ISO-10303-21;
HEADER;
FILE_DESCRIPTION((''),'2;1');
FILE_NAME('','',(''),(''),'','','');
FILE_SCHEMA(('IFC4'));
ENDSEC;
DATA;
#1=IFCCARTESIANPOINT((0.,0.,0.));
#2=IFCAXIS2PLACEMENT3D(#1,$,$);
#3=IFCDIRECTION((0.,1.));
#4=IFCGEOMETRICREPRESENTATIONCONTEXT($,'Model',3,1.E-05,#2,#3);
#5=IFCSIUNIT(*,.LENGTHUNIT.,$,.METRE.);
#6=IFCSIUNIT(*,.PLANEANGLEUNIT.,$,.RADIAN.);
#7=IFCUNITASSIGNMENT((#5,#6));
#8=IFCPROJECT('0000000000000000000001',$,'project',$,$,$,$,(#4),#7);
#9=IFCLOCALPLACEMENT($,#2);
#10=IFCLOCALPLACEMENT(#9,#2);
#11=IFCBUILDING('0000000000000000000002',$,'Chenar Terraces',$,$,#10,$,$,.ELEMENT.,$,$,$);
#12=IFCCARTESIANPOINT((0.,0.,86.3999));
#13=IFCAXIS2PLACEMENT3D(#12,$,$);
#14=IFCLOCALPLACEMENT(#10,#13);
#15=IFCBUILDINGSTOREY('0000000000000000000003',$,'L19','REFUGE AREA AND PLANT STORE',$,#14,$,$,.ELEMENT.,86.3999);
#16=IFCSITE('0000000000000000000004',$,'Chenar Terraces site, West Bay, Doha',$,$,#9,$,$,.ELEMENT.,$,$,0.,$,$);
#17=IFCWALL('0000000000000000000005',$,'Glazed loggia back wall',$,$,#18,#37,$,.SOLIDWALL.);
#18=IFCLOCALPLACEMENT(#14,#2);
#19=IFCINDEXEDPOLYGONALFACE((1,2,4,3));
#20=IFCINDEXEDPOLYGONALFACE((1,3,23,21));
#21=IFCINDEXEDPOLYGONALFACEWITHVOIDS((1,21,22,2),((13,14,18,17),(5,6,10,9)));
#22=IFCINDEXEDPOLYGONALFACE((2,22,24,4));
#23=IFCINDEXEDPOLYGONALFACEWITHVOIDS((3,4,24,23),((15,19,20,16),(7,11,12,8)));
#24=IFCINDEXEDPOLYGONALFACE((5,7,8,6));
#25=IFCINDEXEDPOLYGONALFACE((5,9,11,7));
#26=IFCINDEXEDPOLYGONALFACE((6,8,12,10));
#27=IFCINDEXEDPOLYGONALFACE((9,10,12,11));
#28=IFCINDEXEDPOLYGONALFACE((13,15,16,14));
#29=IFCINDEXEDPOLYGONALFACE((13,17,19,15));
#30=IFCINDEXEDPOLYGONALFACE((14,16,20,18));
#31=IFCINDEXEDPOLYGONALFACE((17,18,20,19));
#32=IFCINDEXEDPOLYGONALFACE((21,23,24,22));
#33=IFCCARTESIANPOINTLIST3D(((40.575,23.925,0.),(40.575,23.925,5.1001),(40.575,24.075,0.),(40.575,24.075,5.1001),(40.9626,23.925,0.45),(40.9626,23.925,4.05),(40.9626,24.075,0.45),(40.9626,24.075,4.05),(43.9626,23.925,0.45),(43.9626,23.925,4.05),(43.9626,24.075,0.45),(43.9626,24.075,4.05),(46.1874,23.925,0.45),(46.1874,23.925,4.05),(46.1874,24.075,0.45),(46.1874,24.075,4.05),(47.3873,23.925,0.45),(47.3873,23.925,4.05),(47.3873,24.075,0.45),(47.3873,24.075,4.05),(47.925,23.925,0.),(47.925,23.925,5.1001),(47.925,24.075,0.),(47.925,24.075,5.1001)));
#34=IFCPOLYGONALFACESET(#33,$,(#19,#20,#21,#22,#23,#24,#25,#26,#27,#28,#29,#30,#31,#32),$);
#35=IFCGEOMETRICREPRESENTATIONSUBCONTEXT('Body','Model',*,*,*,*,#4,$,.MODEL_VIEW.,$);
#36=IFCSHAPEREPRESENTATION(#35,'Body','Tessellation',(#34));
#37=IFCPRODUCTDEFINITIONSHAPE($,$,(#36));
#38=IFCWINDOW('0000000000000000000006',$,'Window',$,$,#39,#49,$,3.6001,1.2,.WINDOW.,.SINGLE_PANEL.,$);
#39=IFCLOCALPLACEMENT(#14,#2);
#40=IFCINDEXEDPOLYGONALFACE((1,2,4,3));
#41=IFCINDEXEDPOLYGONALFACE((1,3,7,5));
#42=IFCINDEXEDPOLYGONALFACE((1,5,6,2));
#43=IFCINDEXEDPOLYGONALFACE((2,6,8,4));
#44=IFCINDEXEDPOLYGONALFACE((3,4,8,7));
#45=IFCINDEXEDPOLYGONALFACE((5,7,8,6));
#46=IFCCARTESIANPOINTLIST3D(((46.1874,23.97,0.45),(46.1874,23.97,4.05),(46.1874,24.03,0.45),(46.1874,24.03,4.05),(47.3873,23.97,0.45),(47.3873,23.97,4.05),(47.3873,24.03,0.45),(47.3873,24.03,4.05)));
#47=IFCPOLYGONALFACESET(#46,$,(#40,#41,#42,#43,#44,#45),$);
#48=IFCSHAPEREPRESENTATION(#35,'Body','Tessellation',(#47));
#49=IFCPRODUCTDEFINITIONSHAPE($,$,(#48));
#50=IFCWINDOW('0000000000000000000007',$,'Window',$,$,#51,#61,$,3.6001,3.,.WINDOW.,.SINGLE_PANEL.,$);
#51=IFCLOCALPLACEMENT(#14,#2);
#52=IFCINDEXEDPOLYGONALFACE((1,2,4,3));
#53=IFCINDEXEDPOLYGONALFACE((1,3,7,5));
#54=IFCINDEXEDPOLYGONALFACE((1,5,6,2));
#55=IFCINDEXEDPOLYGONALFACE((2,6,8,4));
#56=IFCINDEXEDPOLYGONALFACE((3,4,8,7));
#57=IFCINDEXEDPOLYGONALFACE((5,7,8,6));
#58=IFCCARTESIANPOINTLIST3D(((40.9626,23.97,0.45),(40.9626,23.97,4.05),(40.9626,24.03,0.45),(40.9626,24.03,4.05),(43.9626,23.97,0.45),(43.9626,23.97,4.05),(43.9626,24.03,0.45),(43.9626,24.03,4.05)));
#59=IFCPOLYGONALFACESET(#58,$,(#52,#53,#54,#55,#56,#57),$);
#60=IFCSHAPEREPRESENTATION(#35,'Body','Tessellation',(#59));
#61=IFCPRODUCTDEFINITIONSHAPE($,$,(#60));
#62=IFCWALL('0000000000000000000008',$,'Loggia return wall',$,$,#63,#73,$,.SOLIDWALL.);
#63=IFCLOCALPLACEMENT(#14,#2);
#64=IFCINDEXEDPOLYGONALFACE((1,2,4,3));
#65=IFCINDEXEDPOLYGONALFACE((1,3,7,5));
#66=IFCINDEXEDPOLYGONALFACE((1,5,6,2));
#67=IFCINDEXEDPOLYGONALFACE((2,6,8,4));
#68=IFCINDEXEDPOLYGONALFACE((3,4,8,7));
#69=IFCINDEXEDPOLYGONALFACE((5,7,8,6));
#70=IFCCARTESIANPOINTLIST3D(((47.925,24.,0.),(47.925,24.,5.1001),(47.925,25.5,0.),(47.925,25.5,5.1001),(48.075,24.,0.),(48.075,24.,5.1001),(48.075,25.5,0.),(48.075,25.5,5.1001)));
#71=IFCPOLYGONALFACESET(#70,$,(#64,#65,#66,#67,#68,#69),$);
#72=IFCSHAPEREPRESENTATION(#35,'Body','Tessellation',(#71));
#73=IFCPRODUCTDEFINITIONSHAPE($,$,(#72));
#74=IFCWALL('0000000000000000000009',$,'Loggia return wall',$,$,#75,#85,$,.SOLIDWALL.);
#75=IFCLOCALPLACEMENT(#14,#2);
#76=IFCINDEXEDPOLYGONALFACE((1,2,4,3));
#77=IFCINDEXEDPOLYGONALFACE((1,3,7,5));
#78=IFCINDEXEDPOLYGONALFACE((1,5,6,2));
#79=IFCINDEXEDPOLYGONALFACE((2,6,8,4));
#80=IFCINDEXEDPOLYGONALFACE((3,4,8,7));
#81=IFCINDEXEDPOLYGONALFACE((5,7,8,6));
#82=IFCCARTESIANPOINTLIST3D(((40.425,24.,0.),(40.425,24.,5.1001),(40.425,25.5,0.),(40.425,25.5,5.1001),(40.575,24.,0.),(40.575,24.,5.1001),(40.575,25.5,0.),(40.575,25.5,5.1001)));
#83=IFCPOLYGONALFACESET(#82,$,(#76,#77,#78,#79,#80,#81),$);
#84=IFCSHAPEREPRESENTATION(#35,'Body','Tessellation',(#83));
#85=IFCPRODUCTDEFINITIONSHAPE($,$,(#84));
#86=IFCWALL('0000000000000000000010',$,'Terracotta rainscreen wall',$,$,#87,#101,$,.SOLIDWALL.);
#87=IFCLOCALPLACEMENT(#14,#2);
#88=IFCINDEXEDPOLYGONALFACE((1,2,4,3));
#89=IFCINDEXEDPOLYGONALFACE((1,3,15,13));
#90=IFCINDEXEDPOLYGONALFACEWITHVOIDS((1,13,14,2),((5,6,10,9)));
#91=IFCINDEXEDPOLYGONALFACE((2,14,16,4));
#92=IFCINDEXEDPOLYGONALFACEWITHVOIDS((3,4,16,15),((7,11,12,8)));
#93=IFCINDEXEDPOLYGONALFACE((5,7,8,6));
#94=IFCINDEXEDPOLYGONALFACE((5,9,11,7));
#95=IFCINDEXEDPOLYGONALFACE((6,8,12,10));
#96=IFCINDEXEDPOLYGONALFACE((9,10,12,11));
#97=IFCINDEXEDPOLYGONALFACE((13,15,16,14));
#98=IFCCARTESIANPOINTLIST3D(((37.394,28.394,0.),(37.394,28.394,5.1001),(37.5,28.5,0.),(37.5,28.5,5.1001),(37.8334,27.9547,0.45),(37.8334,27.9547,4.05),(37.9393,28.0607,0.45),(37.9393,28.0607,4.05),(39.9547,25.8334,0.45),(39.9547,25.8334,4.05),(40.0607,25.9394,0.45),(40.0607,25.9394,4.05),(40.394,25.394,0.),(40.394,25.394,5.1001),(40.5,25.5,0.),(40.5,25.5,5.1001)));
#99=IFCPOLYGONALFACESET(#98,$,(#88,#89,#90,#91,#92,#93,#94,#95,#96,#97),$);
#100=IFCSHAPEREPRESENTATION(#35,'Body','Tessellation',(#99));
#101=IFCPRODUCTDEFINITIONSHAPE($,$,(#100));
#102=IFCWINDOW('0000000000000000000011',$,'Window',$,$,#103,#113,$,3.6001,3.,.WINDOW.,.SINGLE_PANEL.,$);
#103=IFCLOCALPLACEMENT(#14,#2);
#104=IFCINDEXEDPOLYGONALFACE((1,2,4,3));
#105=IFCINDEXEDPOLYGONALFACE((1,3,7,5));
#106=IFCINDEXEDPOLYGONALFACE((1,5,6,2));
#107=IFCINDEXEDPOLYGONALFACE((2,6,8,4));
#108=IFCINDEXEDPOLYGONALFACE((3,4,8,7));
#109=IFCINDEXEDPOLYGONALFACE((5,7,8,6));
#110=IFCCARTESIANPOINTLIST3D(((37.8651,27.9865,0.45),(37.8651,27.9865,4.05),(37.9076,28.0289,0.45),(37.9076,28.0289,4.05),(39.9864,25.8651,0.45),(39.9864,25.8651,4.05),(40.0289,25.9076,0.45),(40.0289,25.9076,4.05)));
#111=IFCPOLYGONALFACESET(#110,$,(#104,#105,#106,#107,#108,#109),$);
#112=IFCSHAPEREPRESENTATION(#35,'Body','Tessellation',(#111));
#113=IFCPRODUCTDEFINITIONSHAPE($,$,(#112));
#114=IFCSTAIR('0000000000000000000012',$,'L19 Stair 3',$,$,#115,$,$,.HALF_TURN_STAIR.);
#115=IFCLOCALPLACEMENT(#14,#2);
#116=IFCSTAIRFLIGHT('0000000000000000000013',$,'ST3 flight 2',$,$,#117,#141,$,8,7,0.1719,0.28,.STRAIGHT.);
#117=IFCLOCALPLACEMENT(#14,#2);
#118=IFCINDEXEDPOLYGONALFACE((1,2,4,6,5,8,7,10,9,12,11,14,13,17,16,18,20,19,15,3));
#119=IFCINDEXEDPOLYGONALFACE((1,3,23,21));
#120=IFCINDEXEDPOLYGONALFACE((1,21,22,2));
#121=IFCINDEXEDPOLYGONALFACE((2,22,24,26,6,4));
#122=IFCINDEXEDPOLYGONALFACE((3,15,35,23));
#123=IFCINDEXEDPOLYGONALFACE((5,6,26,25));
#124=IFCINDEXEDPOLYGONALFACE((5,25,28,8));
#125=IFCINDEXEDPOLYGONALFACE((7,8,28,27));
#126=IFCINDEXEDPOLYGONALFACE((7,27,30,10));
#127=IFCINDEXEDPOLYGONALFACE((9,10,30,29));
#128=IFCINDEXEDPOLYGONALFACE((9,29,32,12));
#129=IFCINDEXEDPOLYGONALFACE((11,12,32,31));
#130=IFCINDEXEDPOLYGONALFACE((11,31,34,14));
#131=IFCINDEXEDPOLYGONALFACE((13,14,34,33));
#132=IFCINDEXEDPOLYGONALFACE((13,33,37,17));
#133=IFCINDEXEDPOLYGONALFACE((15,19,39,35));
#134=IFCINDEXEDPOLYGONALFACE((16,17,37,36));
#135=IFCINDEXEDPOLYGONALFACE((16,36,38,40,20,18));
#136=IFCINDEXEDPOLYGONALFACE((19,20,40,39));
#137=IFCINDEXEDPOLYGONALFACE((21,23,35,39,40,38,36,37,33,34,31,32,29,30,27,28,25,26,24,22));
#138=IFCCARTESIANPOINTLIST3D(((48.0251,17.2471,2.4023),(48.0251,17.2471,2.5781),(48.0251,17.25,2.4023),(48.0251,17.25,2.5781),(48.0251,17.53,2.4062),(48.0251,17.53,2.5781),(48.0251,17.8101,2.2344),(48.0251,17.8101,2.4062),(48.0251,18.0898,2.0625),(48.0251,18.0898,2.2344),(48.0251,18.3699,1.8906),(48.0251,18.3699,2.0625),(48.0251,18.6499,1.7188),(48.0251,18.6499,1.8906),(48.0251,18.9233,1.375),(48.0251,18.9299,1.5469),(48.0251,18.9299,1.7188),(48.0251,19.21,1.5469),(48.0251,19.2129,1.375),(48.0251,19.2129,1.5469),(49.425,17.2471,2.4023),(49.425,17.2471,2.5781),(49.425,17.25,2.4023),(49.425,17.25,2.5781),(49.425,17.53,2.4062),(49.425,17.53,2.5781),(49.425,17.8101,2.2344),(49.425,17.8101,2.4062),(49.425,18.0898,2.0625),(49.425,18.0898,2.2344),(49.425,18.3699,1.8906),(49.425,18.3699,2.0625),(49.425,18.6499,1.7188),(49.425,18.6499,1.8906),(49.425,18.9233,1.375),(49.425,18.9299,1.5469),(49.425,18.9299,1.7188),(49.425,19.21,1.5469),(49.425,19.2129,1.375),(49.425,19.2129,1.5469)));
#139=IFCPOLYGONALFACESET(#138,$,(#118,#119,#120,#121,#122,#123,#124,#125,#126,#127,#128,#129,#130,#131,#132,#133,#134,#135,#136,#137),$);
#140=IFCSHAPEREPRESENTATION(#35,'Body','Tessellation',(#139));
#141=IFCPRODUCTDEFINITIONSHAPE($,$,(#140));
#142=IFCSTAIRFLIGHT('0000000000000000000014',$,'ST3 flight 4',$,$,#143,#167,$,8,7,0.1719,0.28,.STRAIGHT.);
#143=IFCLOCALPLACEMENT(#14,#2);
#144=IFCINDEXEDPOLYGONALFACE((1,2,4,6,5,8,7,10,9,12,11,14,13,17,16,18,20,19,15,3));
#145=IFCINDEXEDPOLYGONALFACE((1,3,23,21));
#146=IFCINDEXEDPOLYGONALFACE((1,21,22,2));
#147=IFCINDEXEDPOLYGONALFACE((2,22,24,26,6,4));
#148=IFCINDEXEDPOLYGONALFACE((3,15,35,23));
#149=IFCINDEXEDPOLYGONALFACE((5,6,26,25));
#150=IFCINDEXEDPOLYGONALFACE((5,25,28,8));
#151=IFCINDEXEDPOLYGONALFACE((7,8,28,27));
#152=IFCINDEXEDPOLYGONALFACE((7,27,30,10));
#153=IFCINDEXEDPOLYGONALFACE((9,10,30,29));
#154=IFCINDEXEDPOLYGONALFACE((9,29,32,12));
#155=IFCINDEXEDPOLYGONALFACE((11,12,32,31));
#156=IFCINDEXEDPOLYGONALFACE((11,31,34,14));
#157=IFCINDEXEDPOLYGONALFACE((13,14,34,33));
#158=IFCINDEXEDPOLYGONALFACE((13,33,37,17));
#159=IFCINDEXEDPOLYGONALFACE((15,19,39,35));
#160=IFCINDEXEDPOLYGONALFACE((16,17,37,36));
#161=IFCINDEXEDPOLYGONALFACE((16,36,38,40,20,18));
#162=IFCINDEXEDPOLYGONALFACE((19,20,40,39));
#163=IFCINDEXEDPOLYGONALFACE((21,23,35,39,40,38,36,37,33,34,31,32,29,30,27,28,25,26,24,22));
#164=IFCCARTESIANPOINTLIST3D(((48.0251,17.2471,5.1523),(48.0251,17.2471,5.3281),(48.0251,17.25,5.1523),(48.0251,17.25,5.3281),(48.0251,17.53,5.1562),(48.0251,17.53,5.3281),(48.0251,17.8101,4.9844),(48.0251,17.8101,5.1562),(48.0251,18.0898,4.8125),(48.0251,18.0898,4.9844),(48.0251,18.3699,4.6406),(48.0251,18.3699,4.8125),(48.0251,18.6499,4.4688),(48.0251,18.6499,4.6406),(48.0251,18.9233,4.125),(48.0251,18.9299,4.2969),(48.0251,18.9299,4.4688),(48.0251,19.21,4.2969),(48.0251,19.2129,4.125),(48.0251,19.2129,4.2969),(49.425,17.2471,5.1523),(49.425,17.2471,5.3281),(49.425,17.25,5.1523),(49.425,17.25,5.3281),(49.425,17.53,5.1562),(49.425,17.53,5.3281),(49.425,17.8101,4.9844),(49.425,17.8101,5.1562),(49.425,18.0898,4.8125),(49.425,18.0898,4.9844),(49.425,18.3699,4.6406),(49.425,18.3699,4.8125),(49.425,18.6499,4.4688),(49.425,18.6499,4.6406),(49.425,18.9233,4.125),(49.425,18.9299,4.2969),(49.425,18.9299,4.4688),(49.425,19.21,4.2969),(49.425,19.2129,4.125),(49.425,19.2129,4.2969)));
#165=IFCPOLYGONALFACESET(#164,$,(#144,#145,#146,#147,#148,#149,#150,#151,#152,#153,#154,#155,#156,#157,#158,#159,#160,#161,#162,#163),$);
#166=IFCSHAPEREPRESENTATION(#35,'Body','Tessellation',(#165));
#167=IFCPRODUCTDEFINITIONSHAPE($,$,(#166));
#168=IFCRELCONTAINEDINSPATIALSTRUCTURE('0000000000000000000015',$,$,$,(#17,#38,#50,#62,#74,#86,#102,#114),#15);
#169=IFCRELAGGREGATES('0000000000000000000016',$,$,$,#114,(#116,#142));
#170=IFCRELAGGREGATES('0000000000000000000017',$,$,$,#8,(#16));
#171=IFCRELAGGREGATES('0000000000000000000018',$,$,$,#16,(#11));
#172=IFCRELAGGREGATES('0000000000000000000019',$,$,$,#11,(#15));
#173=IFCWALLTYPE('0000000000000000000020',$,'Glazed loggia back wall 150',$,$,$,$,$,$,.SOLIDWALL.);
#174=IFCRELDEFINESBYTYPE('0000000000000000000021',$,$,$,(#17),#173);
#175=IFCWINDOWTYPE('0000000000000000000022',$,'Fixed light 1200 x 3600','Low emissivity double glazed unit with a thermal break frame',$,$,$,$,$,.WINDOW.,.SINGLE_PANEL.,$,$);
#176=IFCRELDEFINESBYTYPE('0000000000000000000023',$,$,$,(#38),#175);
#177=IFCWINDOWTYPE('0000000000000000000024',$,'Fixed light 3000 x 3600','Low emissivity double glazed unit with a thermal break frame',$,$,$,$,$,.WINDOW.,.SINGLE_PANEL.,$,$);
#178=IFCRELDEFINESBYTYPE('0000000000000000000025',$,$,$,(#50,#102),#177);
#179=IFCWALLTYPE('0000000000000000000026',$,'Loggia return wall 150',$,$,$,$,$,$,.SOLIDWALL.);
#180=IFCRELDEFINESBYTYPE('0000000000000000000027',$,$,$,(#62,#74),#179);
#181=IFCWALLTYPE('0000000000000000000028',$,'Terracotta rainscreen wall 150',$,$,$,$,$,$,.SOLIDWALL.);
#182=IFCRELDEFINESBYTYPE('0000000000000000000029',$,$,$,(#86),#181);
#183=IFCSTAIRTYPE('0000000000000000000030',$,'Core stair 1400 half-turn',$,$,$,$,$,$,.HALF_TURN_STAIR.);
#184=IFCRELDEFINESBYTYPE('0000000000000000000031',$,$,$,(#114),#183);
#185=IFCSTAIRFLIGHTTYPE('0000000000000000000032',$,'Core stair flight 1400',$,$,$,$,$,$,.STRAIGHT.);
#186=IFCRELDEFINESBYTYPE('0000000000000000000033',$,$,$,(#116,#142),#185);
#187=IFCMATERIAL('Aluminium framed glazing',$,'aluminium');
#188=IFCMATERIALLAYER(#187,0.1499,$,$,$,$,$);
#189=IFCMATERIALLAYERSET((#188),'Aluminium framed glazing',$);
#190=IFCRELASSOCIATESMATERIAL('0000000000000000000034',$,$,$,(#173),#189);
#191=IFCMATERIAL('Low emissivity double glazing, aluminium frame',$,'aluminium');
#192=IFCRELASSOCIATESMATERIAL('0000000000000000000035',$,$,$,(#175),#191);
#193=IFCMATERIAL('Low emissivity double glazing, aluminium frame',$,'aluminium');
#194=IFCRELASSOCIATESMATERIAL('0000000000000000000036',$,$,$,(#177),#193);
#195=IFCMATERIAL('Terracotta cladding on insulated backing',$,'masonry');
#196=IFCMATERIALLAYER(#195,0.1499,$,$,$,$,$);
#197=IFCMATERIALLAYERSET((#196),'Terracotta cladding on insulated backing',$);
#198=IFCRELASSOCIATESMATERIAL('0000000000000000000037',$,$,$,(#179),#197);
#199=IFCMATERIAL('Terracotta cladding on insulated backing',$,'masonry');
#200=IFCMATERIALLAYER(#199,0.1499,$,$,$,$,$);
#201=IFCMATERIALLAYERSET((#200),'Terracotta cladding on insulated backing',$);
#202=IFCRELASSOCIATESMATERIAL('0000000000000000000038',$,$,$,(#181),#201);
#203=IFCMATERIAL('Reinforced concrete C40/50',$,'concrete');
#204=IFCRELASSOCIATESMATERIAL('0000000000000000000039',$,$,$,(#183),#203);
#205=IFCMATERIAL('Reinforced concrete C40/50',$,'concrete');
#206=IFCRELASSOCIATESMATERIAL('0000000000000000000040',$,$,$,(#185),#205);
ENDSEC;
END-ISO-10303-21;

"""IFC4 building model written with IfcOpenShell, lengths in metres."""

from ifc_helpers import new_model, si_unit, direction, frame, frame_2d, origin, place, context, subcontext, project, spatial, polyline, rectangle, outline, extrude, material, layer, layer_set, type_object, element, fill, aggregate, save


model = new_model("IFC4")

# Units and contexts
model_context = context("Model", 3, precision=1e-05, world=origin(), true_north=direction((0.0, 1.0)))
body_context = subcontext(model_context, "Body", "Model", "MODEL_VIEW")
ifc_project = project(units=[si_unit("LENGTHUNIT", "METRE"), si_unit("PLANEANGLEUNIT", "RADIAN")], contexts=[model_context])

# Site, building, storey
site_placement = place(None, origin())
site = spatial("IfcSite", under=ifc_project, at=site_placement, Name="Chenar Terraces site, West Bay, Doha", CompositionType="ELEMENT", RefElevation=0.0)
building_placement = place(site_placement, origin())
building = spatial("IfcBuilding", under=site, at=building_placement, Name="Chenar Terraces", CompositionType="ELEMENT")
storey_placement = place(building_placement, frame((0.0, 0.0, 86.3999)))
storey = spatial("IfcBuildingStorey", under=building, at=storey_placement, Name="L19", Description="REFUGE AREA AND PLANT STORE", CompositionType="ELEMENT", Elevation=86.3999)

# Wall, openings, windows
ifc_material_1 = material(Name="Aluminium framed glazing", Category="aluminium")
ifc_layer_1 = layer(ifc_material_1, 0.1499)
ifc_layer_set_1 = layer_set([ifc_layer_1], Name="Aluminium framed glazing")
wall_type_1 = type_object("IfcWallType", Name="Glazed loggia back wall 150", PredefinedType="SOLIDWALL", material=ifc_layer_set_1)
wall_1_placement = place(storey_placement, frame((47.925, 24.0, 0.0), z_axis=(0.0, 0.0, 1.0), x_axis=(-1.0, 0.0, 0.0)))
wall_1 = element("IfcWall", 1, at=wall_1_placement, inside=storey, type_object=wall_type_1, Name="Glazed loggia back wall", PredefinedType="SOLIDWALL", context=body_context, shape_type="SweptSolid", body=[
    extrude(rectangle(XDim=7.3501, YDim=0.1499, at=frame_2d((3.675, 0.0))), origin(), (0.0, 0.0, 1.0), 5.1001),
])
opening_1_placement = place(wall_1_placement, frame((0.5376, 0.0, 0.45)))
opening_1 = element("IfcOpeningElement", 2, at=opening_1_placement, cuts=wall_1, PredefinedType="OPENING", context=body_context, shape_type="SweptSolid", body=[
    extrude(rectangle(XDim=1.2, YDim=3.6001, at=frame_2d((0.6001, 1.8))), frame((0.0, 0.085, 0.0), z_axis=(0.0, -1.0, 0.0), x_axis=(1.0, 0.0, 0.0)), (0.0, 0.0, 1.0), 0.1699),
])
opening_2_placement = place(wall_1_placement, frame((3.9624, 0.0, 0.45)))
opening_2 = element("IfcOpeningElement", 3, at=opening_2_placement, cuts=wall_1, PredefinedType="OPENING", context=body_context, shape_type="SweptSolid", body=[
    extrude(rectangle(XDim=3.0, YDim=3.6001, at=frame_2d((1.5, 1.8))), frame((0.0, 0.085, 0.0), z_axis=(0.0, -1.0, 0.0), x_axis=(1.0, 0.0, 0.0)), (0.0, 0.0, 1.0), 0.1699),
])
ifc_material_2 = material(Name="Low emissivity double glazing, aluminium frame", Category="aluminium")
window_type_1 = type_object("IfcWindowType", Name="Fixed light 1200 x 3600", Description="Low emissivity double glazed unit with a thermal break frame", PartitioningType="SINGLE_PANEL", PredefinedType="WINDOW", material=ifc_material_2)
window_1_placement = place(opening_1_placement, origin())
window_1 = element("IfcWindow", 4, at=window_1_placement, inside=storey, type_object=window_type_1, Name="Window", OverallHeight=3.6001, OverallWidth=1.2, PartitioningType="SINGLE_PANEL", PredefinedType="WINDOW", context=body_context, shape_type="SweptSolid", body=[
    extrude(rectangle(XDim=1.2, YDim=3.6001, at=frame_2d((0.6001, 1.8))), frame((0.0, 0.03, 0.0), z_axis=(0.0, -1.0, 0.0), x_axis=(1.0, 0.0, 0.0)), (0.0, 0.0, 1.0), 0.0601),
])
fill(opening_1, window_1)
ifc_material_3 = material(Name="Low emissivity double glazing, aluminium frame", Category="aluminium")
window_type_2 = type_object("IfcWindowType", Name="Fixed light 3000 x 3600", Description="Low emissivity double glazed unit with a thermal break frame", PartitioningType="SINGLE_PANEL", PredefinedType="WINDOW", material=ifc_material_3)
window_2_placement = place(opening_2_placement, origin())
window_2 = element("IfcWindow", 5, at=window_2_placement, inside=storey, type_object=window_type_2, Name="Window", OverallHeight=3.6001, OverallWidth=3.0, PartitioningType="SINGLE_PANEL", PredefinedType="WINDOW", context=body_context, shape_type="SweptSolid", body=[
    extrude(rectangle(XDim=3.0, YDim=3.6001, at=frame_2d((1.5, 1.8))), frame((0.0, 0.03, 0.0), z_axis=(0.0, -1.0, 0.0), x_axis=(1.0, 0.0, 0.0)), (0.0, 0.0, 1.0), 0.0601),
])
fill(opening_2, window_2)

# Walls
ifc_material_4 = material(Name="Terracotta cladding on insulated backing", Category="masonry")
ifc_layer_2 = layer(ifc_material_4, 0.1499)
ifc_layer_set_2 = layer_set([ifc_layer_2], Name="Terracotta cladding on insulated backing")
wall_type_2 = type_object("IfcWallType", Name="Loggia return wall 150", PredefinedType="SOLIDWALL", material=ifc_layer_set_2)
for number, where, z_axis, x_axis, name in (
    (6, (48.0, 25.5, 0.0), (0.0, 0.0, 1.0), (0.0, -1.0, 0.0), "Loggia return wall"),
    (7, (40.5, 25.5, 0.0), (0.0, 0.0, 1.0), (0.0, -1.0, 0.0), "Loggia return wall"),
):
    element("IfcWall", number, at=place(storey_placement, frame(where, z_axis=z_axis, x_axis=x_axis)), inside=storey, type_object=wall_type_2, Name=name, PredefinedType="SOLIDWALL", context=body_context, shape_type="SweptSolid", body=[
        extrude(rectangle(XDim=1.5, YDim=0.1499, at=frame_2d((0.75, 0.0))), origin(), (0.0, 0.0, 1.0), 5.1001),
    ])

# Wall, opening, window
ifc_material_5 = material(Name="Terracotta cladding on insulated backing", Category="masonry")
ifc_layer_3 = layer(ifc_material_5, 0.1499)
ifc_layer_set_3 = layer_set([ifc_layer_3], Name="Terracotta cladding on insulated backing")
wall_type_3 = type_object("IfcWallType", Name="Terracotta rainscreen wall 150", PredefinedType="SOLIDWALL", material=ifc_layer_set_3)
wall_2_placement = place(storey_placement, frame((40.447, 25.447, 0.0), z_axis=(0.0, 0.0, 1.0), x_axis=(-0.707107, 0.707107, 0.0)))
wall_2 = element("IfcWall", 8, at=wall_2_placement, inside=storey, type_object=wall_type_3, Name="Terracotta rainscreen wall", PredefinedType="SOLIDWALL", context=body_context, shape_type="SweptSolid", body=[
    extrude(rectangle(XDim=4.2427, YDim=0.1499, at=frame_2d((2.1213, 0.0))), origin(), (0.0, 0.0, 1.0), 5.1001),
])
opening_3_placement = place(wall_2_placement, frame((0.6213, 0.0, 0.45)))
opening_3 = element("IfcOpeningElement", 9, at=opening_3_placement, cuts=wall_2, PredefinedType="OPENING", context=body_context, shape_type="SweptSolid", body=[
    extrude(rectangle(XDim=3.0, YDim=3.6001, at=frame_2d((1.5, 1.8))), frame((0.0, 0.085, 0.0), z_axis=(0.0, -1.0, 0.0), x_axis=(1.0, 0.0, 0.0)), (0.0, 0.0, 1.0), 0.1699),
])
window_3_placement = place(opening_3_placement, origin())
window_3 = element("IfcWindow", 10, at=window_3_placement, inside=storey, type_object=window_type_2, Name="Window", OverallHeight=3.6001, OverallWidth=3.0, PartitioningType="SINGLE_PANEL", PredefinedType="WINDOW", context=body_context, shape_type="SweptSolid", body=[
    extrude(rectangle(XDim=3.0, YDim=3.6001, at=frame_2d((1.5, 1.8))), frame((0.0, 0.03, 0.0), z_axis=(0.0, -1.0, 0.0), x_axis=(1.0, 0.0, 0.0)), (0.0, 0.0, 1.0), 0.0601),
])
fill(opening_3, window_3)

# Stair, stair flights
ifc_material_6 = material(Name="Reinforced concrete C40/50", Category="concrete")
stair_type = type_object("IfcStairType", Name="Core stair 1400 half-turn", PredefinedType="HALF_TURN_STAIR", material=ifc_material_6)
stair_placement = place(storey_placement, origin())
stair = element("IfcStair", 11, at=stair_placement, inside=storey, type_object=stair_type, Name="L19 Stair 3", PredefinedType="HALF_TURN_STAIR")
ifc_material_7 = material(Name="Reinforced concrete C40/50", Category="concrete")
stair_flight_type = type_object("IfcStairFlightType", Name="Core stair flight 1400", PredefinedType="STRAIGHT", material=ifc_material_7)
stair_flight_1_placement = place(storey_placement, frame((48.7251, 19.21, 1.375), z_axis=(0.0, 0.0, 1.0), x_axis=(0.0, -1.0, 0.0)))
stair_flight_1 = element("IfcStairFlight", 12, at=stair_flight_1_placement, type_object=stair_flight_type, Name="ST3 flight 2", NumberOfRisers=8, NumberOfTreads=7, PredefinedType="STRAIGHT", RiserHeight=0.1719, TreadLength=0.28, context=body_context, shape_type="SweptSolid", body=[
    extrude(outline(polyline([(-0.0029, 0.0), (-0.0029, 0.1719), (0.0, 0.1719), (0.28, 0.1719), (0.28, 0.3438), (0.5601, 0.3438), (0.5601, 0.5156), (0.8401, 0.5156), (0.8401, 0.6875), (1.1201, 0.6875), (1.1201, 0.8594), (1.3999, 0.8594), (1.3999, 1.0312), (1.6799, 1.0312), (1.6799, 1.2031), (1.96, 1.2031), (1.9629, 1.2031), (1.9629, 1.0273), (1.96, 1.0273), (0.2866, 0.0), (-0.0029, 0.0)])), frame((0.0, 0.7, 0.0), z_axis=(0.0, -1.0, 0.0), x_axis=(1.0, 0.0, 0.0)), (0.0, 0.0, 1.0), 1.3999),
])
stair_flight_2_placement = place(storey_placement, frame((48.7251, 19.21, 4.125), z_axis=(0.0, 0.0, 1.0), x_axis=(0.0, -1.0, 0.0)))
stair_flight_2 = element("IfcStairFlight", 13, at=stair_flight_2_placement, type_object=stair_flight_type, Name="ST3 flight 4", NumberOfRisers=8, NumberOfTreads=7, PredefinedType="STRAIGHT", RiserHeight=0.1719, TreadLength=0.28, context=body_context, shape_type="SweptSolid", body=[
    extrude(outline(polyline([(-0.0029, 0.0), (-0.0029, 0.1719), (0.0, 0.1719), (0.28, 0.1719), (0.28, 0.3438), (0.5601, 0.3438), (0.5601, 0.5156), (0.8401, 0.5156), (0.8401, 0.6875), (1.1201, 0.6875), (1.1201, 0.8594), (1.3999, 0.8594), (1.3999, 1.0312), (1.6799, 1.0312), (1.6799, 1.2031), (1.96, 1.2031), (1.9629, 1.2031), (1.9629, 1.0273), (1.96, 1.0273), (0.2866, 0.0), (-0.0029, 0.0)])), frame((0.0, 0.7, 0.0), z_axis=(0.0, -1.0, 0.0), x_axis=(1.0, 0.0, 0.0)), (0.0, 0.0, 1.0), 1.3999),
])
aggregate(stair, [stair_flight_1, stair_flight_2])

save(model, "model.ifc")
